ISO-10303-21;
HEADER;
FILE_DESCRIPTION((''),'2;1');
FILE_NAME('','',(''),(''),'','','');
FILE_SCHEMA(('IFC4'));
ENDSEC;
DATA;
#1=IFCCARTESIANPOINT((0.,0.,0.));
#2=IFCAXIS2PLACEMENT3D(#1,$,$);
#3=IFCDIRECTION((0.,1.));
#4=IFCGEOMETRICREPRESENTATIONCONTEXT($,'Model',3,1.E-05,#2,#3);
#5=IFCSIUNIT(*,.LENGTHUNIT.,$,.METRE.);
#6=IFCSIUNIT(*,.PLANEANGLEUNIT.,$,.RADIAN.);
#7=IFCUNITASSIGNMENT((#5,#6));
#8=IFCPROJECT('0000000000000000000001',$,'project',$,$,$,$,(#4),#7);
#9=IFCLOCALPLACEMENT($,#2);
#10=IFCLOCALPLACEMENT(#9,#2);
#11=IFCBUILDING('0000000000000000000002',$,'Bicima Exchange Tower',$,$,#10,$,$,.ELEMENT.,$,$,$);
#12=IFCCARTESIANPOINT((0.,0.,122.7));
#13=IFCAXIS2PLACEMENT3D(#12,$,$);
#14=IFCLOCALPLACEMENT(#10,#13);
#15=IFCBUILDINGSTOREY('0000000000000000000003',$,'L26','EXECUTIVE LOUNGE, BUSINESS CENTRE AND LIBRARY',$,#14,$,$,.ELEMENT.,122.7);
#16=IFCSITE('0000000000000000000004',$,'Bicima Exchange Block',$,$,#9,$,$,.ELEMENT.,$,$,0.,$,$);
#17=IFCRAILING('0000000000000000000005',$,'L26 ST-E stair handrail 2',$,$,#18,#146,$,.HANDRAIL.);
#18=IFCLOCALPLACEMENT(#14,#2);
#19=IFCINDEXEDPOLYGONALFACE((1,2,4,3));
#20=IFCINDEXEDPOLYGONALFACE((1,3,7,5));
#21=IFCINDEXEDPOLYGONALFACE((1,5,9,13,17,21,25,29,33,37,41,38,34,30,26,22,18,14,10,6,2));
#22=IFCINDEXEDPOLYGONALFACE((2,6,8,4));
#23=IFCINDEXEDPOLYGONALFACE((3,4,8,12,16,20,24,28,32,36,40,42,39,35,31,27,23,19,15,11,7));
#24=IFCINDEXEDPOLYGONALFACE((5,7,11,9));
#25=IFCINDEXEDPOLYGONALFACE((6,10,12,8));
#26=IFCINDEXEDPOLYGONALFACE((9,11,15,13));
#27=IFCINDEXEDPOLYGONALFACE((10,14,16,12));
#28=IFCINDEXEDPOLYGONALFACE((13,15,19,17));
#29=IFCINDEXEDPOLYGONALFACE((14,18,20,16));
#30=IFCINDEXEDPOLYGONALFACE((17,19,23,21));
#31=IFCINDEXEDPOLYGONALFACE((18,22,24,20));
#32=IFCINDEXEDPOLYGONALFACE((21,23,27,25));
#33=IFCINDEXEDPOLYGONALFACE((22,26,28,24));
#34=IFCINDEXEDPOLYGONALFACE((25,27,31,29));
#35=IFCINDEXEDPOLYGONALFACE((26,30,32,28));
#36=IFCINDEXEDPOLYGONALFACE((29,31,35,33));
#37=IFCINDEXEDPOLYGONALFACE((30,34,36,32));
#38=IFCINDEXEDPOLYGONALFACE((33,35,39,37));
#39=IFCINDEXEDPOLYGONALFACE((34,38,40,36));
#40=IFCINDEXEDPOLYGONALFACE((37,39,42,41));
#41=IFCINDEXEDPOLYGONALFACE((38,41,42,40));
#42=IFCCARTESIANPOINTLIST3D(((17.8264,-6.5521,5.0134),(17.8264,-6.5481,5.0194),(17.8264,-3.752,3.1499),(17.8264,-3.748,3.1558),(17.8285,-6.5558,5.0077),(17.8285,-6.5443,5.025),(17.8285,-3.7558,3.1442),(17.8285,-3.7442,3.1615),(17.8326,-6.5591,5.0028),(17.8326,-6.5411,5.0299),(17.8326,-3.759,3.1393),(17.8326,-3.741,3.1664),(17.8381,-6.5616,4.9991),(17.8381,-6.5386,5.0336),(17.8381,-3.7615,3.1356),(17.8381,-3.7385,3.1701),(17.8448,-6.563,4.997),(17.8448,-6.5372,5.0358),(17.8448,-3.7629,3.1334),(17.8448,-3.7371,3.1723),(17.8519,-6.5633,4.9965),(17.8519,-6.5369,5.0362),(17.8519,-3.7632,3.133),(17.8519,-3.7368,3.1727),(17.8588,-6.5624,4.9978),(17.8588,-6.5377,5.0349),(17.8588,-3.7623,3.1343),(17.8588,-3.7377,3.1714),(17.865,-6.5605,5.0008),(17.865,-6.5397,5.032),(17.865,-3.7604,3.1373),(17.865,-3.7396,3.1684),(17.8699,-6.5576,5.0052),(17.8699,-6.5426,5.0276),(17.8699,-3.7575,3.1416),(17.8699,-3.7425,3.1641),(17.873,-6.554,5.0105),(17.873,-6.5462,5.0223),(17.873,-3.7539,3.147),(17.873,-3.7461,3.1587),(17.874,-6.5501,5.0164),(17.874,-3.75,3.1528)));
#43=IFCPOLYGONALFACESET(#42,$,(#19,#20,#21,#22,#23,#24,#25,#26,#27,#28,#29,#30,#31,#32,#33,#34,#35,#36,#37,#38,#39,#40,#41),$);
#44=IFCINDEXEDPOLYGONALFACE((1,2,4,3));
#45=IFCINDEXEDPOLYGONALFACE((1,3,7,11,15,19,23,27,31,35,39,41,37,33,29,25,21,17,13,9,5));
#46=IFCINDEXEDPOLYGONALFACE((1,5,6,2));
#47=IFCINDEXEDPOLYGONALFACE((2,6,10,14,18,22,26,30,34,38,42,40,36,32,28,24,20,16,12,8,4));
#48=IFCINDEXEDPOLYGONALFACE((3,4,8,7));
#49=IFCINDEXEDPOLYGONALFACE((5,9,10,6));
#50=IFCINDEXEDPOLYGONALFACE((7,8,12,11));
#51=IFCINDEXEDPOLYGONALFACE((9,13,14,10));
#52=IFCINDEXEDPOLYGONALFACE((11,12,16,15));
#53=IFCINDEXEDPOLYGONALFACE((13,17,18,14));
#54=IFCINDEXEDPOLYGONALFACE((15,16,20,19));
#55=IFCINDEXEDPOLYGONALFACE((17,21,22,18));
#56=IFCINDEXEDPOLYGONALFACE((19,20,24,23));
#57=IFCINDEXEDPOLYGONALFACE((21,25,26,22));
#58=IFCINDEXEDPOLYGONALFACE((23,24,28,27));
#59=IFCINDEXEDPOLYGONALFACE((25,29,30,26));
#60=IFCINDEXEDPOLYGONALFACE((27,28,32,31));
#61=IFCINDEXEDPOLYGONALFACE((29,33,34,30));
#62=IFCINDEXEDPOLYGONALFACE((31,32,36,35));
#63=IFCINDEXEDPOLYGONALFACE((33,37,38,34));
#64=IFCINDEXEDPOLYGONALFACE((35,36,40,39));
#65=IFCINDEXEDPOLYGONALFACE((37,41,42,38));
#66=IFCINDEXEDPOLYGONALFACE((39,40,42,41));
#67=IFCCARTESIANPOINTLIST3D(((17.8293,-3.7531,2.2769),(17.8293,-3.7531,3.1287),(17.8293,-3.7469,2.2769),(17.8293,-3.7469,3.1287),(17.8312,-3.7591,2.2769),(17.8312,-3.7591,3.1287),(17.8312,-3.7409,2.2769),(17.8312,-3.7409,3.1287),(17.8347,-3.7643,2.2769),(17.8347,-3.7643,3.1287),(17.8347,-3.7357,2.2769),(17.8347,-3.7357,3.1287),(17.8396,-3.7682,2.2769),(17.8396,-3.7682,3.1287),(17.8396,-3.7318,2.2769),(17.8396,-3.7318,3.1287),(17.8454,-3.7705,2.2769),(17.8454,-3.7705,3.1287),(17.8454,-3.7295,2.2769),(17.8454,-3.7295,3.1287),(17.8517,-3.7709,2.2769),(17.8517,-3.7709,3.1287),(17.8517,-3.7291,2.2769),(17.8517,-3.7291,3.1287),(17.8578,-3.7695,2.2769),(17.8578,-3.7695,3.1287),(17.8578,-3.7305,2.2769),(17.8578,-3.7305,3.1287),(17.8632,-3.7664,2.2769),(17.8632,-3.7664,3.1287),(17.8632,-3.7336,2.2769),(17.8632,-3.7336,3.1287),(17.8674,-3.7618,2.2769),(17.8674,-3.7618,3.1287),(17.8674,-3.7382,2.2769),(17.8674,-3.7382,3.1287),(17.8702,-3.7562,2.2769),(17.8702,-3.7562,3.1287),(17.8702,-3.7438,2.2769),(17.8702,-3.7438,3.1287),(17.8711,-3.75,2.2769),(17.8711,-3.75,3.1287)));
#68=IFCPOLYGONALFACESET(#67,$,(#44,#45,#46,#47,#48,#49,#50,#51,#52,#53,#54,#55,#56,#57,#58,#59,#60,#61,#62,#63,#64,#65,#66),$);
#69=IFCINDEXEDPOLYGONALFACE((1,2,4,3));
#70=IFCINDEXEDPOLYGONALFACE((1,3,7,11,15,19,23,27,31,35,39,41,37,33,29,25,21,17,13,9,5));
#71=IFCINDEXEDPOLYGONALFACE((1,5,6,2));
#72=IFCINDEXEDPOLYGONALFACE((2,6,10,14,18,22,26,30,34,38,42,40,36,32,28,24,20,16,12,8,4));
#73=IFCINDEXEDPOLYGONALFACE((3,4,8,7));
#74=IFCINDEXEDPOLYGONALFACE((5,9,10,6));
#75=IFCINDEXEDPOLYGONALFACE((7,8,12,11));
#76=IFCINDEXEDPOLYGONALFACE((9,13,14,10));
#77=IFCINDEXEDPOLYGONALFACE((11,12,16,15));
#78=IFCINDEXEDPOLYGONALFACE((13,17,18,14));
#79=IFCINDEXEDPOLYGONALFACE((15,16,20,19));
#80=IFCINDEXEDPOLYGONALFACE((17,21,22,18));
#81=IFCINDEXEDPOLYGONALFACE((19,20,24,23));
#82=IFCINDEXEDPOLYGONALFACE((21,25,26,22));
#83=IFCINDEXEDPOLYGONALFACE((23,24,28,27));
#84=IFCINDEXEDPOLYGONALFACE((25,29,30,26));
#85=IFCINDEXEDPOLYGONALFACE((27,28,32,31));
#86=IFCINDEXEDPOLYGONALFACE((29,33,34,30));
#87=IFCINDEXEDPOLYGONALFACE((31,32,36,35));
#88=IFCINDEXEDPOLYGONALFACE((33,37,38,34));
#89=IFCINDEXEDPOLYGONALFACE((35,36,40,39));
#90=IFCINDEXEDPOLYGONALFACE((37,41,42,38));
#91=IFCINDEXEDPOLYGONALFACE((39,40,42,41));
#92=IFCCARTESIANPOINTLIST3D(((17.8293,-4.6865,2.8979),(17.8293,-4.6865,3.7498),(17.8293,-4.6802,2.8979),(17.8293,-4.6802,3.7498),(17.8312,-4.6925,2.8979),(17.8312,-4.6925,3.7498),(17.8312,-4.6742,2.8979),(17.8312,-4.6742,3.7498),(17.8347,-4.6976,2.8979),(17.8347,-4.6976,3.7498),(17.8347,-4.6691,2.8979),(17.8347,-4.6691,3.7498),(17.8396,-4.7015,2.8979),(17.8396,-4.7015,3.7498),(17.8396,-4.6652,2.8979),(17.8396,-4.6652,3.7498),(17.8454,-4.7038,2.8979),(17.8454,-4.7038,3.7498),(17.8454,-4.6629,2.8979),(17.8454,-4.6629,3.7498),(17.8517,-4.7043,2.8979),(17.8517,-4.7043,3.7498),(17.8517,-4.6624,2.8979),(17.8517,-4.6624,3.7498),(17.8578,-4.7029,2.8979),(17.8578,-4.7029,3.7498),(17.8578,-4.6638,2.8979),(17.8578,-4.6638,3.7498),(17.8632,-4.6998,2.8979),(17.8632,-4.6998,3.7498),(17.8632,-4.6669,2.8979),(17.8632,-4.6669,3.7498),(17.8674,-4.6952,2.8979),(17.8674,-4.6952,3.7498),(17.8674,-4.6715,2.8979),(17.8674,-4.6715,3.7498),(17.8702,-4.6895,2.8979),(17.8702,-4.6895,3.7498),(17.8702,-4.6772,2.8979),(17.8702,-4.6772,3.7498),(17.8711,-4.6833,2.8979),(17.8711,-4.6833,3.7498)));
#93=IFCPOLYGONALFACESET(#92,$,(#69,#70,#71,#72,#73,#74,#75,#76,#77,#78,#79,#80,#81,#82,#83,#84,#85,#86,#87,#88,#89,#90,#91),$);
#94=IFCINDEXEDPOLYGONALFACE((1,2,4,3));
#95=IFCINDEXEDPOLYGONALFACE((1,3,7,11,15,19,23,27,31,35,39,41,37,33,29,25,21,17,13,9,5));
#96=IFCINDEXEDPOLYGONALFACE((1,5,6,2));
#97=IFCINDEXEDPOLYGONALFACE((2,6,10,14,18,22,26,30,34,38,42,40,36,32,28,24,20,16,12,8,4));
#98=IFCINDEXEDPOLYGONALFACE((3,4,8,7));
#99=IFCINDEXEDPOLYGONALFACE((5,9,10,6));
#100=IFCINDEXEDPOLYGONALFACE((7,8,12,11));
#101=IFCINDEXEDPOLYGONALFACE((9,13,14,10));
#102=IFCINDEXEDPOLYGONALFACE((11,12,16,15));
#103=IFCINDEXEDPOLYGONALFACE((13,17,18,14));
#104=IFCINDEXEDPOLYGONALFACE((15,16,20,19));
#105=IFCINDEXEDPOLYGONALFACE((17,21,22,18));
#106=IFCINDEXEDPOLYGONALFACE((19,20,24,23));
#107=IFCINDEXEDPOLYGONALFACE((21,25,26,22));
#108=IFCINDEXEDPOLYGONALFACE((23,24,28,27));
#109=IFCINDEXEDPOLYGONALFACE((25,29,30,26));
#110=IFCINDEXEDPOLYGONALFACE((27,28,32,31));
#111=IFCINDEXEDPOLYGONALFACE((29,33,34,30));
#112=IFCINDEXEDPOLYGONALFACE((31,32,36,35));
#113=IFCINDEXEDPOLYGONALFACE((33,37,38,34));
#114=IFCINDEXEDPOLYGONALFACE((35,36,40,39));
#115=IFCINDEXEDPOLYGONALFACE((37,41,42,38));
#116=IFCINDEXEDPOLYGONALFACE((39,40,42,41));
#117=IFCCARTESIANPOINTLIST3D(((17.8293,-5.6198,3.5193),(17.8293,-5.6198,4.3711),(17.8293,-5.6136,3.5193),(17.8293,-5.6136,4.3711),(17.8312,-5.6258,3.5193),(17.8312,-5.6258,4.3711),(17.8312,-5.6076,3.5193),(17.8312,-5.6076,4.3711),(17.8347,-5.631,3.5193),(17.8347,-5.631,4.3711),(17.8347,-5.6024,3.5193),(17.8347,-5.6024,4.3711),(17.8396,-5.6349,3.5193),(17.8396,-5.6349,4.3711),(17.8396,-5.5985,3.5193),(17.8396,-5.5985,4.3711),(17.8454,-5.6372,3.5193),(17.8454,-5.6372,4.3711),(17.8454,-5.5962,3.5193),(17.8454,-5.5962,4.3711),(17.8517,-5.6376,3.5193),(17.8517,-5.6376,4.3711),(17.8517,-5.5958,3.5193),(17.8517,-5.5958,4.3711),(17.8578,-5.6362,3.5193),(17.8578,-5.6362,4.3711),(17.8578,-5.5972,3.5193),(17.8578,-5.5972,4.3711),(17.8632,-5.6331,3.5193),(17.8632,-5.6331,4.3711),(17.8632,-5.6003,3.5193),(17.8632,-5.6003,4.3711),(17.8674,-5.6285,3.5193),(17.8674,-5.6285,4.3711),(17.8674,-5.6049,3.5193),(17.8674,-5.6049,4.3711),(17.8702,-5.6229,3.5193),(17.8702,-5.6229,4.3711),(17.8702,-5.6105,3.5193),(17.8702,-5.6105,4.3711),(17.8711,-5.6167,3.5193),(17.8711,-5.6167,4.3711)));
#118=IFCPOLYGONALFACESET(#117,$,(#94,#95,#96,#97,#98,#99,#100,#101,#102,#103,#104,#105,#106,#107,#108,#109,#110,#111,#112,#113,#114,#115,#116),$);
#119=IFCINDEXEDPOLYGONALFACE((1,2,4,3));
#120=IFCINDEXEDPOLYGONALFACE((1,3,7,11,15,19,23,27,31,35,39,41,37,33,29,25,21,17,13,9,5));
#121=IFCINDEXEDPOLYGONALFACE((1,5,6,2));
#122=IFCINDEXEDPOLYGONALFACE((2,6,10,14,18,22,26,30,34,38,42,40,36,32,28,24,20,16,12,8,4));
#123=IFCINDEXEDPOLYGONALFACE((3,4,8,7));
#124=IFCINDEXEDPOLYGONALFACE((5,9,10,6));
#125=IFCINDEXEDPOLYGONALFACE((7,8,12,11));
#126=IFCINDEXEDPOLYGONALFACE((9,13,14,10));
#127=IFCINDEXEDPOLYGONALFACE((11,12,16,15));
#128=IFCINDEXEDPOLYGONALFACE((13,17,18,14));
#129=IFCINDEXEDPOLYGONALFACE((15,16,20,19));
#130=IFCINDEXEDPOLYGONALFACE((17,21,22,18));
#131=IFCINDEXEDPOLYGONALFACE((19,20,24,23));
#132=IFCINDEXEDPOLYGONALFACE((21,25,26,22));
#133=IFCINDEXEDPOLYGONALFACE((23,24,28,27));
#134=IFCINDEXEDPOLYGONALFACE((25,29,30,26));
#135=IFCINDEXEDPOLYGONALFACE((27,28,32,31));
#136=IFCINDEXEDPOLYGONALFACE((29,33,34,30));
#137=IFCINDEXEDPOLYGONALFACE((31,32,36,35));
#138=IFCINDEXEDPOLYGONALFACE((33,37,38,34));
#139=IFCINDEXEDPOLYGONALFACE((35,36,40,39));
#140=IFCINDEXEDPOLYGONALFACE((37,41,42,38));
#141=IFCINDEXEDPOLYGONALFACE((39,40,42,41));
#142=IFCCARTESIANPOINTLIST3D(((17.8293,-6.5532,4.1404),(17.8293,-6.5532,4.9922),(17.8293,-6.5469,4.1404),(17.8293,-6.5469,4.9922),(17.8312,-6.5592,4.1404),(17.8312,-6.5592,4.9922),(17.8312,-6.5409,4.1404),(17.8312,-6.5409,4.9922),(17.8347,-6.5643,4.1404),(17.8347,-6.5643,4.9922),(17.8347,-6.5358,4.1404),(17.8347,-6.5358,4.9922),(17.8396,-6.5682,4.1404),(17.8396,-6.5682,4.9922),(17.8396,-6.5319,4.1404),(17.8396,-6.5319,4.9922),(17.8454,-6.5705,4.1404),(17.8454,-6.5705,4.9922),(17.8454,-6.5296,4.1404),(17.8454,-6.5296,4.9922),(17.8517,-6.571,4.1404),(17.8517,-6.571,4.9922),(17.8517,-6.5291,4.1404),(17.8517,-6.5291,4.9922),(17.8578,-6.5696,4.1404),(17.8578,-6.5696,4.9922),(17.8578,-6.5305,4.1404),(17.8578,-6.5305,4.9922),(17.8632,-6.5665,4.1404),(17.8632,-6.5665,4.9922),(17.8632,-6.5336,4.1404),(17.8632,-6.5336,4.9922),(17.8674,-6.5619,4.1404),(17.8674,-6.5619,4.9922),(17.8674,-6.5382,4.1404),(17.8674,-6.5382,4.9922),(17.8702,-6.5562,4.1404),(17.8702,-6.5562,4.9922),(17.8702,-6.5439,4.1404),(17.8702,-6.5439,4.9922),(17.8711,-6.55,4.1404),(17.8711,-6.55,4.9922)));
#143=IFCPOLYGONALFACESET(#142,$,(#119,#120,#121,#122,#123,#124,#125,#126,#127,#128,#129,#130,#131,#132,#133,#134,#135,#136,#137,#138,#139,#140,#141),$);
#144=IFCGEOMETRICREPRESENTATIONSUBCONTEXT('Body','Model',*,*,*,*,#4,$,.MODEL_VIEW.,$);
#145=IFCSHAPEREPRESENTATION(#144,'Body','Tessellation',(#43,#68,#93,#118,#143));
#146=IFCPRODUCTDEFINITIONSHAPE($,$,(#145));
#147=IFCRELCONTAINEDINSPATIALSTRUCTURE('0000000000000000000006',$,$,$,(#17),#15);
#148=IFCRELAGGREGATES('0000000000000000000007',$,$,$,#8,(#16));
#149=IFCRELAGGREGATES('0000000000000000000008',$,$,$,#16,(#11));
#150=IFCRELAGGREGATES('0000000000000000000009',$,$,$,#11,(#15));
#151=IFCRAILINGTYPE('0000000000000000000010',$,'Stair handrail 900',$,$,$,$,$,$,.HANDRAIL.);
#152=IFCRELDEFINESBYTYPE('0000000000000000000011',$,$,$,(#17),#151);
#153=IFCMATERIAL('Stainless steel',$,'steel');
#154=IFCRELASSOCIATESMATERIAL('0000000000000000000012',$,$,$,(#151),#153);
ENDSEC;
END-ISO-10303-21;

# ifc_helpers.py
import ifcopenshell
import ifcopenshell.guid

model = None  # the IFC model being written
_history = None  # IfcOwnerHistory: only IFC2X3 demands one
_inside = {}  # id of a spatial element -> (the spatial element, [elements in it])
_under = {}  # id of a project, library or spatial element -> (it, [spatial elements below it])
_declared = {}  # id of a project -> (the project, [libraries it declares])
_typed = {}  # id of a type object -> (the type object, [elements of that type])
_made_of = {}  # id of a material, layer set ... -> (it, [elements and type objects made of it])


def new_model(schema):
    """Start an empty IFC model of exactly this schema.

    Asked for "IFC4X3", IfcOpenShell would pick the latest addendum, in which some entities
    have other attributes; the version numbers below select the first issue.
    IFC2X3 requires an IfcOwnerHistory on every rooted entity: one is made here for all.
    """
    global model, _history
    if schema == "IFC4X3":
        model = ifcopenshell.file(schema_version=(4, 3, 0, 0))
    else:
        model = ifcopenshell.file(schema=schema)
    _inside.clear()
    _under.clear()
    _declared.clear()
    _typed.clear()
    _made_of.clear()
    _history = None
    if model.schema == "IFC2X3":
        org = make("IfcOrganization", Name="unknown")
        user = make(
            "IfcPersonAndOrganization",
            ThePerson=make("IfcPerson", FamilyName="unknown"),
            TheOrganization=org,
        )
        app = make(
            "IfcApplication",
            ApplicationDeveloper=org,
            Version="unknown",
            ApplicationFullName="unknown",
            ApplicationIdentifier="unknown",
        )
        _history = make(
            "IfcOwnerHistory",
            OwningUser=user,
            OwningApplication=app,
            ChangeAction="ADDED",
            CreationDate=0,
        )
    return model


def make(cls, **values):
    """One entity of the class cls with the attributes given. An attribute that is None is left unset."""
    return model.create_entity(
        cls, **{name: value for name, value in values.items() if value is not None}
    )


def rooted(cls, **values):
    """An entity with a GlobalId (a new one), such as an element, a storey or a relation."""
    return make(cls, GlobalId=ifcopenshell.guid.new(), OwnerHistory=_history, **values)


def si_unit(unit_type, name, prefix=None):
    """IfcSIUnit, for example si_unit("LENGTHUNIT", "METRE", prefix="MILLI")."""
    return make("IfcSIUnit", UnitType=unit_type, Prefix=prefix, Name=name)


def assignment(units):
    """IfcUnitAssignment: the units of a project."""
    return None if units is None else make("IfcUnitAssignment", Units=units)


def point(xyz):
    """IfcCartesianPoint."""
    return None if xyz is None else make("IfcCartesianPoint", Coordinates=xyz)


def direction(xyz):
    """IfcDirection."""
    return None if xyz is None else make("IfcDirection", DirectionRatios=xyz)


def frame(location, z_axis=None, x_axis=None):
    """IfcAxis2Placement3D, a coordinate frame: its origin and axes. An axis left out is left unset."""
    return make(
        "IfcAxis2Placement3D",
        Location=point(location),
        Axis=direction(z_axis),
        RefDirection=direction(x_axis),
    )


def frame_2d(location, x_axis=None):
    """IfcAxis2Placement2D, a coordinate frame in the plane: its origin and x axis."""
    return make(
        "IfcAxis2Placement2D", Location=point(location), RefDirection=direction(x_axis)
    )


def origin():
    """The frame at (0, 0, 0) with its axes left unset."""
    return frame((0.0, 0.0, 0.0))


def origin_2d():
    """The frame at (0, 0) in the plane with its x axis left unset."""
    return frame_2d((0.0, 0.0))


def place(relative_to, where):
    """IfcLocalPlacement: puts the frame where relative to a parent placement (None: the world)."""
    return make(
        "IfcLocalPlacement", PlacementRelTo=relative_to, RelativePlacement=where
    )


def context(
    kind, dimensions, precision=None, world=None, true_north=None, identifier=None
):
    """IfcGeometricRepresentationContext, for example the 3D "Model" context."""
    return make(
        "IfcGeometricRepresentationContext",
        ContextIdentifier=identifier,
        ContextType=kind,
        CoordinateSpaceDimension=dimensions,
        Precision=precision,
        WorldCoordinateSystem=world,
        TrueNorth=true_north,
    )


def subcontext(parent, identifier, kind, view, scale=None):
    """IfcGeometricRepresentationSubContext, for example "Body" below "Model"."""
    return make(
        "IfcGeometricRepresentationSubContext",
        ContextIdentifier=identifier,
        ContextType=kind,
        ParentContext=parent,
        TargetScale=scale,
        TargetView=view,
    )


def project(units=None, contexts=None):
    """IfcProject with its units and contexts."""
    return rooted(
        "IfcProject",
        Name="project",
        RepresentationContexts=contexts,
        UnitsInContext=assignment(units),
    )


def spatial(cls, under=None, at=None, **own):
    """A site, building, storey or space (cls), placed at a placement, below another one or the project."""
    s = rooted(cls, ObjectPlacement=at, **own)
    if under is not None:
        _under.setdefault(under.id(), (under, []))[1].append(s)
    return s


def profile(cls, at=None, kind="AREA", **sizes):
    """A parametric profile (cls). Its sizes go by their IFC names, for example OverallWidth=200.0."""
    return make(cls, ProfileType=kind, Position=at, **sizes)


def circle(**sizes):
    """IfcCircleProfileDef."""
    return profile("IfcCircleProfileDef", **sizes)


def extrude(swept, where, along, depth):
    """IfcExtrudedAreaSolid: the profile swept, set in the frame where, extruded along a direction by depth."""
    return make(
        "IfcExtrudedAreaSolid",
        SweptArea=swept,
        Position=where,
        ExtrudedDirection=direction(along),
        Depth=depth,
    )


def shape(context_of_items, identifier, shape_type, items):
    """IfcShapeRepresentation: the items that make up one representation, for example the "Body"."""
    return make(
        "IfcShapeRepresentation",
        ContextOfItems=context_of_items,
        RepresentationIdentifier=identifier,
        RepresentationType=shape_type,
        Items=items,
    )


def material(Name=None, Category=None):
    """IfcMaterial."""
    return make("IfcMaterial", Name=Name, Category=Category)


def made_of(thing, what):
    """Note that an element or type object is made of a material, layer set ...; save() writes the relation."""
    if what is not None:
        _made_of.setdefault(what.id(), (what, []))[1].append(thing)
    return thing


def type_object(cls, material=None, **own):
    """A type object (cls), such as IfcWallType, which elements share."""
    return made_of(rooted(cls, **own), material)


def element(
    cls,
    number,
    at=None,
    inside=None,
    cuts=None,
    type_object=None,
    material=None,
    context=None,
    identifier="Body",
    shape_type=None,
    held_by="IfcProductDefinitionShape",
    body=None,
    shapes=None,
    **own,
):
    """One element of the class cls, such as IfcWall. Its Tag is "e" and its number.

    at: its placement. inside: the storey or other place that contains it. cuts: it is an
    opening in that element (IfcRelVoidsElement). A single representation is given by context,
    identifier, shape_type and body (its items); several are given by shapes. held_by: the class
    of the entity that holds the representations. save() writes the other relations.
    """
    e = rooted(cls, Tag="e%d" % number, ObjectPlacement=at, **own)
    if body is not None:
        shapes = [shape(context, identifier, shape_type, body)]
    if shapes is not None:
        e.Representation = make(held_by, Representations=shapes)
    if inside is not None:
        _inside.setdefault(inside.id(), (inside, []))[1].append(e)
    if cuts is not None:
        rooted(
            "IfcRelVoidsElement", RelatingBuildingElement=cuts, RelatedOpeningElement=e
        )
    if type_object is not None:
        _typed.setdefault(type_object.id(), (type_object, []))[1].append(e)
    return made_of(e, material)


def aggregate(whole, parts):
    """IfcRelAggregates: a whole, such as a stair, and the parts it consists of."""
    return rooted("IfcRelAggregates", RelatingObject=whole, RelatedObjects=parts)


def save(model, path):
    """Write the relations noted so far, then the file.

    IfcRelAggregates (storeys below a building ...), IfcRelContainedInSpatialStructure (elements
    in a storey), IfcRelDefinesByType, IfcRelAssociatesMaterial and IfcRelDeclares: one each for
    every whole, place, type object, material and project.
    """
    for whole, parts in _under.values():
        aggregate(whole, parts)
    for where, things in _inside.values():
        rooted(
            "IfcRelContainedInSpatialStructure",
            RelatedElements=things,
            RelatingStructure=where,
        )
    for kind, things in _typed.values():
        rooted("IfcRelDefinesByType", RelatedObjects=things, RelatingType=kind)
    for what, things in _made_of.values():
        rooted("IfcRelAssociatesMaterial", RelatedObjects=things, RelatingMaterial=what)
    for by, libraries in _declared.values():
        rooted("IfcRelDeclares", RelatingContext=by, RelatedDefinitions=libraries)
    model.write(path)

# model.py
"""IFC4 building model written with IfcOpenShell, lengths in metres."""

from ifc_helpers import new_model, si_unit, direction, frame, origin, origin_2d, place, context, subcontext, project, spatial, circle, extrude, material, type_object, element, save


model = new_model("IFC4")

# Units and contexts
model_context = context("Model", 3, precision=1e-05, world=origin(), true_north=direction((0.0, 1.0)))
body_context = subcontext(model_context, "Body", "Model", "MODEL_VIEW")
ifc_project = project(units=[si_unit("LENGTHUNIT", "METRE"), si_unit("PLANEANGLEUNIT", "RADIAN")], contexts=[model_context])

# Site, building, storey
site_placement = place(None, origin())
site = spatial("IfcSite", under=ifc_project, at=site_placement, Name="Bicima Exchange Block", CompositionType="ELEMENT", RefElevation=0.0)
building_placement = place(site_placement, origin())
building = spatial("IfcBuilding", under=site, at=building_placement, Name="Bicima Exchange Tower", CompositionType="ELEMENT")
storey_placement = place(building_placement, frame((0.0, 0.0, 122.7)))
storey = spatial("IfcBuildingStorey", under=building, at=storey_placement, Name="L26", Description="EXECUTIVE LOUNGE, BUSINESS CENTRE AND LIBRARY", CompositionType="ELEMENT", Elevation=122.7)

# Railing
ifc_material_1 = material(Name="Stainless steel", Category="steel")
railing_type_1 = type_object("IfcRailingType", Name="Stair handrail 900", PredefinedType="HANDRAIL", material=ifc_material_1)
railing_1_placement = place(storey_placement, frame((17.8501, -3.75, 2.2769)))
element("IfcRailing", 1, at=railing_1_placement, inside=storey, type_object=railing_type_1, Name="L26 ST-E stair handrail 2", PredefinedType="HANDRAIL", context=body_context, shape_type="SweptSolid", body=[
    extrude(circle(Radius=0.0239, at=origin_2d()), frame((0.0, 0.0, 0.876), z_axis=(0.0, -0.832486, 0.554047), x_axis=(1.0, 0.0, 0.0)), (0.0, 0.0, 1.0), 3.3635),
    extrude(circle(Radius=0.021, at=origin_2d()), origin(), (0.0, 0.0, 1.0), 0.8518),
    extrude(circle(Radius=0.021, at=origin_2d()), frame((0.0, -0.9333, 0.6211)), (0.0, 0.0, 1.0), 0.8518),
    extrude(circle(Radius=0.021, at=origin_2d()), frame((0.0, -1.8667, 1.2424)), (0.0, 0.0, 1.0), 0.8518),
    extrude(circle(Radius=0.021, at=origin_2d()), frame((0.0, -2.8, 1.8635)), (0.0, 0.0, 1.0), 0.8518),
])

save(model, "model.ifc")
